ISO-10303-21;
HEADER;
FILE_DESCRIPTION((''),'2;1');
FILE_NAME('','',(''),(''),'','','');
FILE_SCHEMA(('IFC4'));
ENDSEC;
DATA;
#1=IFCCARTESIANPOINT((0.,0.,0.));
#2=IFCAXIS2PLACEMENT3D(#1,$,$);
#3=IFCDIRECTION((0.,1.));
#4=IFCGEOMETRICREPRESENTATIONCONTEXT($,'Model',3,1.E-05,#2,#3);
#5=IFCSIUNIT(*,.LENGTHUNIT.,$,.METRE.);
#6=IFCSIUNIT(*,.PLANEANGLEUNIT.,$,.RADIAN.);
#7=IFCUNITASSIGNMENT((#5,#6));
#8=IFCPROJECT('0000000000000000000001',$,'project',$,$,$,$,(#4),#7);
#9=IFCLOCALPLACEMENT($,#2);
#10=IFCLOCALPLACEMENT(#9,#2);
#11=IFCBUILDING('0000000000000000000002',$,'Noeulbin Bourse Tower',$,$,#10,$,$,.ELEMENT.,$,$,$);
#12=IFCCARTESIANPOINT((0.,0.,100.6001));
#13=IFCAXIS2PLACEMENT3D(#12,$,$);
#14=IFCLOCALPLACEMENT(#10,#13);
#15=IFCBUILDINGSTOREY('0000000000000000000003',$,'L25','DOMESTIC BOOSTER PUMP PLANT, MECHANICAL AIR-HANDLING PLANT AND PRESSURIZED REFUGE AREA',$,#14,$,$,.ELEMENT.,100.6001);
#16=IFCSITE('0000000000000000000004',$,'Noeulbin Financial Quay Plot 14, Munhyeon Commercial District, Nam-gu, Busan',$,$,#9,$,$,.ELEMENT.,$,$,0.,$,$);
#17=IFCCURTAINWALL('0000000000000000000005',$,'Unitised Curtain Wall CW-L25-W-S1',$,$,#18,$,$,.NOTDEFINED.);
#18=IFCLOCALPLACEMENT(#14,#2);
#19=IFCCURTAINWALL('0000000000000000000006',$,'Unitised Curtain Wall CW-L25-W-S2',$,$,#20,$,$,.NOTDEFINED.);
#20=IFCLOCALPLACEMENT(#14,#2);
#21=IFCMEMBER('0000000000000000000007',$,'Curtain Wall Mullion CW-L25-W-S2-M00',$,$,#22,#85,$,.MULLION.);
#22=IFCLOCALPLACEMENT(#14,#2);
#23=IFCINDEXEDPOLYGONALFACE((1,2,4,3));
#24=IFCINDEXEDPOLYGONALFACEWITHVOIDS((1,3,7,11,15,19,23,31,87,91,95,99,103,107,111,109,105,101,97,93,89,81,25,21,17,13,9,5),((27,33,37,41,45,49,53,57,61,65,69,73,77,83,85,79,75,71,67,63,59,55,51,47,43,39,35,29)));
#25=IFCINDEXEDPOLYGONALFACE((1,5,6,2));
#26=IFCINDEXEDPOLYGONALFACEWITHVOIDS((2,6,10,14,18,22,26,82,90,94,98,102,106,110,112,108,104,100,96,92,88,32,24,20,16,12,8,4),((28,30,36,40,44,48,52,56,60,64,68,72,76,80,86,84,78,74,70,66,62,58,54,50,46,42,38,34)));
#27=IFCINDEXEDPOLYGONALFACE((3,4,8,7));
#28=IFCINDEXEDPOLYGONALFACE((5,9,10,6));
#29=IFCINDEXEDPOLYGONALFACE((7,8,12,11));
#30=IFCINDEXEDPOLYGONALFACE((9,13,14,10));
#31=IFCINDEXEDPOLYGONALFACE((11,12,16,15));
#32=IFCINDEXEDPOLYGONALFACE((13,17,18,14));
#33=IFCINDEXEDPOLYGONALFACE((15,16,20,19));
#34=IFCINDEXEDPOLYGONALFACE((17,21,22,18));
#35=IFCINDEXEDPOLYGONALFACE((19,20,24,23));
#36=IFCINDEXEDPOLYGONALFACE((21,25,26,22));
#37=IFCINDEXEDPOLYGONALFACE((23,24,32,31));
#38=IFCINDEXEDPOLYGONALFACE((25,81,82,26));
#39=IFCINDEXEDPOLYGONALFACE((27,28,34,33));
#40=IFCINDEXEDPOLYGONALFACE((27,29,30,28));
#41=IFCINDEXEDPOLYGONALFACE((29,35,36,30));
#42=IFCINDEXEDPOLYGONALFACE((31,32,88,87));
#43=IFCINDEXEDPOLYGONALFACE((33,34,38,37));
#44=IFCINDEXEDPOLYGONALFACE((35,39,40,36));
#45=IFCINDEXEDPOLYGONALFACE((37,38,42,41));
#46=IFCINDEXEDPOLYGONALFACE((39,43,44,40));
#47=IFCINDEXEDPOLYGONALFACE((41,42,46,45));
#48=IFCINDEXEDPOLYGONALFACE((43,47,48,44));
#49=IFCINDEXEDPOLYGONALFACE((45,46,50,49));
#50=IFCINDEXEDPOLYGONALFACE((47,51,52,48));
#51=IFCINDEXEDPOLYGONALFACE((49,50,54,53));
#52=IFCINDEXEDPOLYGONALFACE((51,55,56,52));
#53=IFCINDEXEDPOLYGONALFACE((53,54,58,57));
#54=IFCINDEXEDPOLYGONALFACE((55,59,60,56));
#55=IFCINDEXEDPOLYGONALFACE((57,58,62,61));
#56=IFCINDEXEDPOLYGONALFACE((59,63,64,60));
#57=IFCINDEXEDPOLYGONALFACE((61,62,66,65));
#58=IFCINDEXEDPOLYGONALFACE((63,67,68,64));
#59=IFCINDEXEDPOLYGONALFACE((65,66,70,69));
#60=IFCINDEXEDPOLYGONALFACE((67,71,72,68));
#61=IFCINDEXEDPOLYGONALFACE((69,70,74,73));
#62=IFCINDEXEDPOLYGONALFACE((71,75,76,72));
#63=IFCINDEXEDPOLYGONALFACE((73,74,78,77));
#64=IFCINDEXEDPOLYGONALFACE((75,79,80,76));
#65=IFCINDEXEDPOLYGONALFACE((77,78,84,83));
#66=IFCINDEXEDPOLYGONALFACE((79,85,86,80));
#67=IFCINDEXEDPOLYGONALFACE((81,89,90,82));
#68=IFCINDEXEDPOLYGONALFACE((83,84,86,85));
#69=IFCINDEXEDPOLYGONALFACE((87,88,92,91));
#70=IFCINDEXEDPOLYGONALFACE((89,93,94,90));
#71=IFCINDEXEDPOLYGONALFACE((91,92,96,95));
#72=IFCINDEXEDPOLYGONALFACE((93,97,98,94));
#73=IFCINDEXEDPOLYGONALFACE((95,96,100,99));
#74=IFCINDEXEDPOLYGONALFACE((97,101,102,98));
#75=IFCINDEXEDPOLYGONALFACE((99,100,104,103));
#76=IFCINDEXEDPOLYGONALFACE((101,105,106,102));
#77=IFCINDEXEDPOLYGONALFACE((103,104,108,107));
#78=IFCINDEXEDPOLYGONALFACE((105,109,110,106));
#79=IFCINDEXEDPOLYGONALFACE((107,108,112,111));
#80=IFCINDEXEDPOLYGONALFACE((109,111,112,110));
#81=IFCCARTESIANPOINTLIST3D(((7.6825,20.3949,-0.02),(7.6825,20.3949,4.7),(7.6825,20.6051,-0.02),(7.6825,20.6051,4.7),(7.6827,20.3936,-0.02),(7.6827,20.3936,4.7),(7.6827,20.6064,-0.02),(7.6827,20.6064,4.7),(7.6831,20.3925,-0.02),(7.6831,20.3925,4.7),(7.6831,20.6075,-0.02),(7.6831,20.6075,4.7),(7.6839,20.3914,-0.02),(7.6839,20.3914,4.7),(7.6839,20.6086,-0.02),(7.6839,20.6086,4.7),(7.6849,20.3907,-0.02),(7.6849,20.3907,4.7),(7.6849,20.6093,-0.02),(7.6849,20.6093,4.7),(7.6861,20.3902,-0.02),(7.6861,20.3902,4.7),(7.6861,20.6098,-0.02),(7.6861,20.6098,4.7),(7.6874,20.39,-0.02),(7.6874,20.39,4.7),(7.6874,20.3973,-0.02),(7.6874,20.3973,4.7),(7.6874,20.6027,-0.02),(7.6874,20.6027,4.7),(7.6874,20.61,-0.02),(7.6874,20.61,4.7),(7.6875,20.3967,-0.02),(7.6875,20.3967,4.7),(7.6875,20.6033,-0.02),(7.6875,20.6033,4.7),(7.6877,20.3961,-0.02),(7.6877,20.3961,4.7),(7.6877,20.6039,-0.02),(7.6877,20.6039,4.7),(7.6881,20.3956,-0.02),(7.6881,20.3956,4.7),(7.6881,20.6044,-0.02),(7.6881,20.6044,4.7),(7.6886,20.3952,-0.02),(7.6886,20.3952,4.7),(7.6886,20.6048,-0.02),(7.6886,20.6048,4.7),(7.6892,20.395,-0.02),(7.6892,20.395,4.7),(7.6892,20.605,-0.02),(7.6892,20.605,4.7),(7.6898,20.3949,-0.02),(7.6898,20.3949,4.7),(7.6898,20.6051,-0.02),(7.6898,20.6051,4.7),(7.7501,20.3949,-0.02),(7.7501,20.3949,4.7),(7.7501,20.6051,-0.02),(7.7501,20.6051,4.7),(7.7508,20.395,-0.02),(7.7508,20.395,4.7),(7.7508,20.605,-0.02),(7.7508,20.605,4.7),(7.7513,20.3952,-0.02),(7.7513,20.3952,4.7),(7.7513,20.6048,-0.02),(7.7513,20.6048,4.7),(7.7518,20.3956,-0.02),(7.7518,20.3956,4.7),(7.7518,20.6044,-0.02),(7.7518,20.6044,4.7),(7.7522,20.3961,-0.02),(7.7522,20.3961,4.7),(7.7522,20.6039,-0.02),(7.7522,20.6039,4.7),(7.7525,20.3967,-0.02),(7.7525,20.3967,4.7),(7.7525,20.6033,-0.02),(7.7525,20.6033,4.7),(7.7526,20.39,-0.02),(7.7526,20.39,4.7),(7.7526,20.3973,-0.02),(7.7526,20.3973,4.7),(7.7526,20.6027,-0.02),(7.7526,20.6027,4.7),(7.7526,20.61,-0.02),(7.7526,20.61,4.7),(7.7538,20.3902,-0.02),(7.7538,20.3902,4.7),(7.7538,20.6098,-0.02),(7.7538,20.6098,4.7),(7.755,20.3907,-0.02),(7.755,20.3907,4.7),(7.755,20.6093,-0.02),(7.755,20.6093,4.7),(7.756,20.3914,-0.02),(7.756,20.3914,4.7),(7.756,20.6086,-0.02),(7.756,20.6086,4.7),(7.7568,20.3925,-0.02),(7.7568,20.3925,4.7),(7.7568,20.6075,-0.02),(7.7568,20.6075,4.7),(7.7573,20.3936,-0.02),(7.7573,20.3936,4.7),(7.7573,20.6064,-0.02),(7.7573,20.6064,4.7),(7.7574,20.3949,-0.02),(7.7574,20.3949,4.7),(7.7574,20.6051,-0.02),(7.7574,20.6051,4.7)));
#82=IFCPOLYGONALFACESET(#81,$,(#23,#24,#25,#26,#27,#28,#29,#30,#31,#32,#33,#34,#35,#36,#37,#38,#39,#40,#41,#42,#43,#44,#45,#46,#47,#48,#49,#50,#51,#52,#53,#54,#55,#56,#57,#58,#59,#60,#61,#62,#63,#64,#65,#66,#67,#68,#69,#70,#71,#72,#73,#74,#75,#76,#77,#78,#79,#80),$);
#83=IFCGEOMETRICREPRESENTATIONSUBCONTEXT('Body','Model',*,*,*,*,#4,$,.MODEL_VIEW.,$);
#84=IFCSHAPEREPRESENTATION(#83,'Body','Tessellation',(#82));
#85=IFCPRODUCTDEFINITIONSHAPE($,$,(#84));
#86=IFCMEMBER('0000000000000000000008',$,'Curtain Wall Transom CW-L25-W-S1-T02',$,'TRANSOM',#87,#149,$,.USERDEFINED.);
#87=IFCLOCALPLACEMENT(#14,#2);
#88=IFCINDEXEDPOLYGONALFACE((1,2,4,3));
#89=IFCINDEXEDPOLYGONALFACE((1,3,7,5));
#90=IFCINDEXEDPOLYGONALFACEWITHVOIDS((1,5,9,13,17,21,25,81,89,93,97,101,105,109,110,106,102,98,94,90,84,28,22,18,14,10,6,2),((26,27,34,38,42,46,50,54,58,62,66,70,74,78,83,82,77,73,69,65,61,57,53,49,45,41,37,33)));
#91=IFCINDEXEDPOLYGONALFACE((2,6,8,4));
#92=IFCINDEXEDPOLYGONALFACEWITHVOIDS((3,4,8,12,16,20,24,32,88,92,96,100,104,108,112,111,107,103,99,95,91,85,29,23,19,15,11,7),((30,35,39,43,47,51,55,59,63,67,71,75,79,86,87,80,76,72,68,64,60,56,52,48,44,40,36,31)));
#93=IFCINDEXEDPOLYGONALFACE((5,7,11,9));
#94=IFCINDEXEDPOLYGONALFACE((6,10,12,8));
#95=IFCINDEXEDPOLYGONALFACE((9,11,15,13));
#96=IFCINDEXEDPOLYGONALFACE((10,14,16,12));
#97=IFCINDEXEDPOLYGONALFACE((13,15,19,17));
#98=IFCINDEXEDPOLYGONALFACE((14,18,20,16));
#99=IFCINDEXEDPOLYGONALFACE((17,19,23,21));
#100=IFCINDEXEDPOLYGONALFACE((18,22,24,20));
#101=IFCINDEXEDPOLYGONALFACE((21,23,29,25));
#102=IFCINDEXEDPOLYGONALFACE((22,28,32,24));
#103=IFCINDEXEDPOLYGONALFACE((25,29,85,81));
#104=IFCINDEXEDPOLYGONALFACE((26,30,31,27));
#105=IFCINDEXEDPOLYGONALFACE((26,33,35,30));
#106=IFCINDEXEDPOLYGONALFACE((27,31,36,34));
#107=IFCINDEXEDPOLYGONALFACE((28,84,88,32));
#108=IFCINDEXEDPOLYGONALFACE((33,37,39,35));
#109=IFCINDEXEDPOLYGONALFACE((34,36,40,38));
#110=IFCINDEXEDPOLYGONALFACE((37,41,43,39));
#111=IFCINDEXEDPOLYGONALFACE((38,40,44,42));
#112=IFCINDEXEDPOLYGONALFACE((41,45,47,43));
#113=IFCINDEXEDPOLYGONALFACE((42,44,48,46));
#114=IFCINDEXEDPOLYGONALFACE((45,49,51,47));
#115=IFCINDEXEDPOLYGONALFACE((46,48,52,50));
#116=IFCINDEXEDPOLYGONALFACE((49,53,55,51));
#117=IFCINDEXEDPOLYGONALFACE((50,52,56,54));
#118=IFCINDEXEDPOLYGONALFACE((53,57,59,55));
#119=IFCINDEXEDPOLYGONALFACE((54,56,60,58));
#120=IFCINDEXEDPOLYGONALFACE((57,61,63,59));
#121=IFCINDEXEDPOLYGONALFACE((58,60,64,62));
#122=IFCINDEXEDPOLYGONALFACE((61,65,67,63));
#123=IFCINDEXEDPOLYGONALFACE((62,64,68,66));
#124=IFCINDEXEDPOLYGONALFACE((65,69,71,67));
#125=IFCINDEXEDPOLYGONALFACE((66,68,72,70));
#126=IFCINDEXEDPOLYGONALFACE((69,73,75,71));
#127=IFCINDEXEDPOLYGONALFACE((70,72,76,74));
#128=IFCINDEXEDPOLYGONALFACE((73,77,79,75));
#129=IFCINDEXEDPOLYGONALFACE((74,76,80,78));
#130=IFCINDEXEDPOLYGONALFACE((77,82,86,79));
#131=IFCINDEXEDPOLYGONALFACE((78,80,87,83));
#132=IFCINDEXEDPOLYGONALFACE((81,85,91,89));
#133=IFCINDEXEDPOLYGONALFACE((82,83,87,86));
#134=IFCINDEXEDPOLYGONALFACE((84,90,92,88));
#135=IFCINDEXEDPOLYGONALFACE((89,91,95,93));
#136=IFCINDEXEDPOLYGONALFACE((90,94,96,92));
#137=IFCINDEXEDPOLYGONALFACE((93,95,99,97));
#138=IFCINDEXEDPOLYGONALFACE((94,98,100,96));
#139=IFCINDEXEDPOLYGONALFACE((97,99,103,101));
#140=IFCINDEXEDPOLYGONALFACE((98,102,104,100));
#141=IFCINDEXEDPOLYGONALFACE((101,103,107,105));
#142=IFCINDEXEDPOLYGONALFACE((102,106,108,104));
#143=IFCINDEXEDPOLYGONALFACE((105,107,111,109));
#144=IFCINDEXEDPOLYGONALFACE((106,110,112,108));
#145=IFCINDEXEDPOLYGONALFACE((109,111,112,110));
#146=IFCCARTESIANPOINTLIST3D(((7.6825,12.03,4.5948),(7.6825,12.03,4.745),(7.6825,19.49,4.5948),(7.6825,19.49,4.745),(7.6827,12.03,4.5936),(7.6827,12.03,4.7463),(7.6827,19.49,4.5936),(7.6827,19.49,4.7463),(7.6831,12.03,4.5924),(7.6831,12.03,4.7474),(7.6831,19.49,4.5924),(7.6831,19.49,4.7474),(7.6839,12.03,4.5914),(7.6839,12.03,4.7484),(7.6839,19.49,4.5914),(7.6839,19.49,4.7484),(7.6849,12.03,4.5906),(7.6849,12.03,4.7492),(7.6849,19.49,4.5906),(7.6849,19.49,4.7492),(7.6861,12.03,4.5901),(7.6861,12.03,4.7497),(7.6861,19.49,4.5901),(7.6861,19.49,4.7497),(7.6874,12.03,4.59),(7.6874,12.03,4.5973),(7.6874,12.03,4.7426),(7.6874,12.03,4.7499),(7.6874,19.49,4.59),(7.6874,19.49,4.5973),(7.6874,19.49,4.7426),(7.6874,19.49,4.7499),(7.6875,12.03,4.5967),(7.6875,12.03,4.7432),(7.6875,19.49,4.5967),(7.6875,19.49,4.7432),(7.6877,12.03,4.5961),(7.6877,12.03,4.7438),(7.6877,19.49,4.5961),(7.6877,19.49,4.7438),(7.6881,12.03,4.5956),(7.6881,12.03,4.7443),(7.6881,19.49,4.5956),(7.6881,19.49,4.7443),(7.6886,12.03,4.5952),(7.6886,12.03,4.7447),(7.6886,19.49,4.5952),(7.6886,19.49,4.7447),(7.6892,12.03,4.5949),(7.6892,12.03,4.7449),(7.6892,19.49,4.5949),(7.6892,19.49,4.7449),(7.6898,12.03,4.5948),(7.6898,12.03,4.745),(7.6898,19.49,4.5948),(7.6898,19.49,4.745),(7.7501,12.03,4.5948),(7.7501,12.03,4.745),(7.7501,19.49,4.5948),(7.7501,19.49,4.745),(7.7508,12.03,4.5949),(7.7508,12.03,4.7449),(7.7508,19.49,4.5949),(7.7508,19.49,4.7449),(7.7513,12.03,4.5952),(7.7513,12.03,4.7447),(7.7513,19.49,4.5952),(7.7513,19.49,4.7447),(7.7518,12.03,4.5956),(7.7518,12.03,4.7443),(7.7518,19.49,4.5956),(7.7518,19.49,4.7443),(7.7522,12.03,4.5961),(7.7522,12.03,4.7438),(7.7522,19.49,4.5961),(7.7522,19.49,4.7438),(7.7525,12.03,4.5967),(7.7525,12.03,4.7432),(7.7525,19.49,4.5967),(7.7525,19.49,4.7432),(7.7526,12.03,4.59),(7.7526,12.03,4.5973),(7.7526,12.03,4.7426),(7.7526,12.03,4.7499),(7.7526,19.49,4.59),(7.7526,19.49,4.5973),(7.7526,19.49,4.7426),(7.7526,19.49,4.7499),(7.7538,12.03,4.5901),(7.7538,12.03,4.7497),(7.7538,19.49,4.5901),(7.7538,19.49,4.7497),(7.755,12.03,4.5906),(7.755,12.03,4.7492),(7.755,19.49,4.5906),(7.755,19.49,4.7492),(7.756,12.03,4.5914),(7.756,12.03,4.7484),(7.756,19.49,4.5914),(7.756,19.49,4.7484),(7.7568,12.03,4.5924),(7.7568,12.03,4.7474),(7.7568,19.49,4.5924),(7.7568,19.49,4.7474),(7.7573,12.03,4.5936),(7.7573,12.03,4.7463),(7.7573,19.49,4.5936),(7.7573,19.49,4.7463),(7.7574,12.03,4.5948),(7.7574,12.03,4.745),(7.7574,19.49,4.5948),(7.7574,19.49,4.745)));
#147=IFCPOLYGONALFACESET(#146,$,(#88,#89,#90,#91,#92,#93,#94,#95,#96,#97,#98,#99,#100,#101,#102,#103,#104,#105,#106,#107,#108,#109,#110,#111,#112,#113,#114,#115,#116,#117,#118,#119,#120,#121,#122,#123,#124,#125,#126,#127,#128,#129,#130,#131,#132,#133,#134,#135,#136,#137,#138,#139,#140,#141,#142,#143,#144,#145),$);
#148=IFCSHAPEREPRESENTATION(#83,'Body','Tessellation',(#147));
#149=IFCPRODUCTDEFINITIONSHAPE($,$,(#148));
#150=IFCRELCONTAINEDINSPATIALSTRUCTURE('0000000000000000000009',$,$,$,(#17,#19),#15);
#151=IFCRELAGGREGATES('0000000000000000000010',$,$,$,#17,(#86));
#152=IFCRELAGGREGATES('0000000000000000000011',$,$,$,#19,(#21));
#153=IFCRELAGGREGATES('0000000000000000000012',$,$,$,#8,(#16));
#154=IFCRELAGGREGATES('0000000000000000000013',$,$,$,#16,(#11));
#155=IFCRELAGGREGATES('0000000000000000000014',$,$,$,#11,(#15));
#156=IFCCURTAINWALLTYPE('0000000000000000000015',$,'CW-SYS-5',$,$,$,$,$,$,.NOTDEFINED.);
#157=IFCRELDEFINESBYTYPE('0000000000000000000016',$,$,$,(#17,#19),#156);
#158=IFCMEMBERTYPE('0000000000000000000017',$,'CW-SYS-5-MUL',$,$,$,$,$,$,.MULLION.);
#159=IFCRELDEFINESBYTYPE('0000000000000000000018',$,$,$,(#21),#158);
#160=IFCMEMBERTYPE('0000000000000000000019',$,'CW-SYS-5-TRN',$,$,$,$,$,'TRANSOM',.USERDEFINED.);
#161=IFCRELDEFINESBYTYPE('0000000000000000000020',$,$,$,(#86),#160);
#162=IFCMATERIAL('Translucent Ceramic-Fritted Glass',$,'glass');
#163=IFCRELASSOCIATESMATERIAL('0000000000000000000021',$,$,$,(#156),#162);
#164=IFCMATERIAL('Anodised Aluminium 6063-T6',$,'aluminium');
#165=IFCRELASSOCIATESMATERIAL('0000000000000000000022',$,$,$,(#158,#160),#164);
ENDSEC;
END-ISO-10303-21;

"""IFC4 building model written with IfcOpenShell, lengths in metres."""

from ifc_helpers import new_model, si_unit, direction, frame, origin, origin_2d, place, context, subcontext, project, spatial, hollow_rectangle, extrude, material, material_profile, profile_set, type_object, element, aggregate, save


model = new_model("IFC4")

# Units and contexts
model_context = context("Model", 3, precision=1e-05, world=origin(), true_north=direction((0.0, 1.0)))
body_context = subcontext(model_context, "Body", "Model", "MODEL_VIEW")
ifc_project = project(units=[si_unit("LENGTHUNIT", "METRE"), si_unit("PLANEANGLEUNIT", "RADIAN")], contexts=[model_context])

# Site, building, storey
site_placement = place(None, origin())
site = spatial("IfcSite", under=ifc_project, at=site_placement, Name="Noeulbin Financial Quay Plot 14, Munhyeon Commercial District, Nam-gu, Busan", CompositionType="ELEMENT", RefElevation=0.0)
building_placement = place(site_placement, origin())
building = spatial("IfcBuilding", under=site, at=building_placement, Name="Noeulbin Bourse Tower", CompositionType="ELEMENT")
storey_placement = place(building_placement, frame((0.0, 0.0, 100.6001)))
storey = spatial("IfcBuildingStorey", under=building, at=storey_placement, Name="L25", Description="DOMESTIC BOOSTER PUMP PLANT, MECHANICAL AIR-HANDLING PLANT AND PRESSURIZED REFUGE AREA", CompositionType="ELEMENT", Elevation=100.6001)

# Curtain wall
ifc_material_1 = material(Name="Translucent Ceramic-Fritted Glass", Category="glass")
curtain_wall_type = type_object("IfcCurtainWallType", Name="CW-SYS-5", PredefinedType="NOTDEFINED", material=ifc_material_1)
curtain_wall_1_placement = place(storey_placement, origin())
curtain_wall_1 = element("IfcCurtainWall", 1, at=curtain_wall_1_placement, inside=storey, type_object=curtain_wall_type, Name="Unitised Curtain Wall CW-L25-W-S1", PredefinedType="NOTDEFINED")
ifc_material_2 = material(Name="Anodised Aluminium 6063-T6", Category="aluminium")
ifc_material_profile_1 = material_profile(ifc_material_2, hollow_rectangle(XDim=0.075, YDim=0.22, WallThickness=0.0049, InnerFilletRadius=0.0024, OuterFilletRadius=0.0049, at=origin_2d()), Name="ALU-MULL-75x220x5", Category="LoadBearing")
ifc_profile_set_1 = profile_set([ifc_material_profile_1], Name="Anodised Aluminium 6063-T6")
member_type_1 = type_object("IfcMemberType", Name="CW-SYS-5-MUL", PredefinedType="MULLION", material=ifc_profile_set_1)

# Curtain wall, member
curtain_wall_2_placement = place(storey_placement, origin())
curtain_wall_2 = element("IfcCurtainWall", 2, at=curtain_wall_2_placement, inside=storey, type_object=curtain_wall_type, Name="Unitised Curtain Wall CW-L25-W-S2", PredefinedType="NOTDEFINED")
member_1_placement = place(storey_placement, frame((7.72, 20.5, -0.02), z_axis=(0.0, 0.0, 1.0), x_axis=(1.0, 0.0, 0.0)))
member_1 = element("IfcMember", 3, at=member_1_placement, type_object=member_type_1, Name="Curtain Wall Mullion CW-L25-W-S2-M00", PredefinedType="MULLION", context=body_context, shape_type="SweptSolid", body=[
    extrude(hollow_rectangle(XDim=0.075, YDim=0.22, WallThickness=0.0049, InnerFilletRadius=0.0024, OuterFilletRadius=0.0049, at=origin_2d()), origin(), (0.0, 0.0, 1.0), 4.72),
])

# Member
ifc_material_profile_2 = material_profile(ifc_material_2, hollow_rectangle(XDim=0.075, YDim=0.1599, WallThickness=0.0049, InnerFilletRadius=0.0024, OuterFilletRadius=0.0049, at=origin_2d()), Name="ALU-TRAN-75x160x5", Category="LoadBearing")
ifc_profile_set_2 = profile_set([ifc_material_profile_2], Name="Anodised Aluminium 6063-T6")
member_type_2 = type_object("IfcMemberType", Name="CW-SYS-5-TRN", ElementType="TRANSOM", PredefinedType="USERDEFINED", material=ifc_profile_set_2)
member_2_placement = place(storey_placement, frame((7.72, 12.03, 4.6699), z_axis=(0.0, 1.0, 0.0), x_axis=(-1.0, 0.0, 0.0)))
member_2 = element("IfcMember", 4, at=member_2_placement, type_object=member_type_2, Name="Curtain Wall Transom CW-L25-W-S1-T02", ObjectType="TRANSOM", PredefinedType="USERDEFINED", context=body_context, shape_type="SweptSolid", body=[
    extrude(hollow_rectangle(XDim=0.075, YDim=0.1599, WallThickness=0.0049, InnerFilletRadius=0.0024, OuterFilletRadius=0.0049, at=origin_2d()), origin(), (0.0, 0.0, 1.0), 7.46),
])

aggregate(curtain_wall_1, [member_2])
aggregate(curtain_wall_2, [member_1])

save(model, "model.ifc")
